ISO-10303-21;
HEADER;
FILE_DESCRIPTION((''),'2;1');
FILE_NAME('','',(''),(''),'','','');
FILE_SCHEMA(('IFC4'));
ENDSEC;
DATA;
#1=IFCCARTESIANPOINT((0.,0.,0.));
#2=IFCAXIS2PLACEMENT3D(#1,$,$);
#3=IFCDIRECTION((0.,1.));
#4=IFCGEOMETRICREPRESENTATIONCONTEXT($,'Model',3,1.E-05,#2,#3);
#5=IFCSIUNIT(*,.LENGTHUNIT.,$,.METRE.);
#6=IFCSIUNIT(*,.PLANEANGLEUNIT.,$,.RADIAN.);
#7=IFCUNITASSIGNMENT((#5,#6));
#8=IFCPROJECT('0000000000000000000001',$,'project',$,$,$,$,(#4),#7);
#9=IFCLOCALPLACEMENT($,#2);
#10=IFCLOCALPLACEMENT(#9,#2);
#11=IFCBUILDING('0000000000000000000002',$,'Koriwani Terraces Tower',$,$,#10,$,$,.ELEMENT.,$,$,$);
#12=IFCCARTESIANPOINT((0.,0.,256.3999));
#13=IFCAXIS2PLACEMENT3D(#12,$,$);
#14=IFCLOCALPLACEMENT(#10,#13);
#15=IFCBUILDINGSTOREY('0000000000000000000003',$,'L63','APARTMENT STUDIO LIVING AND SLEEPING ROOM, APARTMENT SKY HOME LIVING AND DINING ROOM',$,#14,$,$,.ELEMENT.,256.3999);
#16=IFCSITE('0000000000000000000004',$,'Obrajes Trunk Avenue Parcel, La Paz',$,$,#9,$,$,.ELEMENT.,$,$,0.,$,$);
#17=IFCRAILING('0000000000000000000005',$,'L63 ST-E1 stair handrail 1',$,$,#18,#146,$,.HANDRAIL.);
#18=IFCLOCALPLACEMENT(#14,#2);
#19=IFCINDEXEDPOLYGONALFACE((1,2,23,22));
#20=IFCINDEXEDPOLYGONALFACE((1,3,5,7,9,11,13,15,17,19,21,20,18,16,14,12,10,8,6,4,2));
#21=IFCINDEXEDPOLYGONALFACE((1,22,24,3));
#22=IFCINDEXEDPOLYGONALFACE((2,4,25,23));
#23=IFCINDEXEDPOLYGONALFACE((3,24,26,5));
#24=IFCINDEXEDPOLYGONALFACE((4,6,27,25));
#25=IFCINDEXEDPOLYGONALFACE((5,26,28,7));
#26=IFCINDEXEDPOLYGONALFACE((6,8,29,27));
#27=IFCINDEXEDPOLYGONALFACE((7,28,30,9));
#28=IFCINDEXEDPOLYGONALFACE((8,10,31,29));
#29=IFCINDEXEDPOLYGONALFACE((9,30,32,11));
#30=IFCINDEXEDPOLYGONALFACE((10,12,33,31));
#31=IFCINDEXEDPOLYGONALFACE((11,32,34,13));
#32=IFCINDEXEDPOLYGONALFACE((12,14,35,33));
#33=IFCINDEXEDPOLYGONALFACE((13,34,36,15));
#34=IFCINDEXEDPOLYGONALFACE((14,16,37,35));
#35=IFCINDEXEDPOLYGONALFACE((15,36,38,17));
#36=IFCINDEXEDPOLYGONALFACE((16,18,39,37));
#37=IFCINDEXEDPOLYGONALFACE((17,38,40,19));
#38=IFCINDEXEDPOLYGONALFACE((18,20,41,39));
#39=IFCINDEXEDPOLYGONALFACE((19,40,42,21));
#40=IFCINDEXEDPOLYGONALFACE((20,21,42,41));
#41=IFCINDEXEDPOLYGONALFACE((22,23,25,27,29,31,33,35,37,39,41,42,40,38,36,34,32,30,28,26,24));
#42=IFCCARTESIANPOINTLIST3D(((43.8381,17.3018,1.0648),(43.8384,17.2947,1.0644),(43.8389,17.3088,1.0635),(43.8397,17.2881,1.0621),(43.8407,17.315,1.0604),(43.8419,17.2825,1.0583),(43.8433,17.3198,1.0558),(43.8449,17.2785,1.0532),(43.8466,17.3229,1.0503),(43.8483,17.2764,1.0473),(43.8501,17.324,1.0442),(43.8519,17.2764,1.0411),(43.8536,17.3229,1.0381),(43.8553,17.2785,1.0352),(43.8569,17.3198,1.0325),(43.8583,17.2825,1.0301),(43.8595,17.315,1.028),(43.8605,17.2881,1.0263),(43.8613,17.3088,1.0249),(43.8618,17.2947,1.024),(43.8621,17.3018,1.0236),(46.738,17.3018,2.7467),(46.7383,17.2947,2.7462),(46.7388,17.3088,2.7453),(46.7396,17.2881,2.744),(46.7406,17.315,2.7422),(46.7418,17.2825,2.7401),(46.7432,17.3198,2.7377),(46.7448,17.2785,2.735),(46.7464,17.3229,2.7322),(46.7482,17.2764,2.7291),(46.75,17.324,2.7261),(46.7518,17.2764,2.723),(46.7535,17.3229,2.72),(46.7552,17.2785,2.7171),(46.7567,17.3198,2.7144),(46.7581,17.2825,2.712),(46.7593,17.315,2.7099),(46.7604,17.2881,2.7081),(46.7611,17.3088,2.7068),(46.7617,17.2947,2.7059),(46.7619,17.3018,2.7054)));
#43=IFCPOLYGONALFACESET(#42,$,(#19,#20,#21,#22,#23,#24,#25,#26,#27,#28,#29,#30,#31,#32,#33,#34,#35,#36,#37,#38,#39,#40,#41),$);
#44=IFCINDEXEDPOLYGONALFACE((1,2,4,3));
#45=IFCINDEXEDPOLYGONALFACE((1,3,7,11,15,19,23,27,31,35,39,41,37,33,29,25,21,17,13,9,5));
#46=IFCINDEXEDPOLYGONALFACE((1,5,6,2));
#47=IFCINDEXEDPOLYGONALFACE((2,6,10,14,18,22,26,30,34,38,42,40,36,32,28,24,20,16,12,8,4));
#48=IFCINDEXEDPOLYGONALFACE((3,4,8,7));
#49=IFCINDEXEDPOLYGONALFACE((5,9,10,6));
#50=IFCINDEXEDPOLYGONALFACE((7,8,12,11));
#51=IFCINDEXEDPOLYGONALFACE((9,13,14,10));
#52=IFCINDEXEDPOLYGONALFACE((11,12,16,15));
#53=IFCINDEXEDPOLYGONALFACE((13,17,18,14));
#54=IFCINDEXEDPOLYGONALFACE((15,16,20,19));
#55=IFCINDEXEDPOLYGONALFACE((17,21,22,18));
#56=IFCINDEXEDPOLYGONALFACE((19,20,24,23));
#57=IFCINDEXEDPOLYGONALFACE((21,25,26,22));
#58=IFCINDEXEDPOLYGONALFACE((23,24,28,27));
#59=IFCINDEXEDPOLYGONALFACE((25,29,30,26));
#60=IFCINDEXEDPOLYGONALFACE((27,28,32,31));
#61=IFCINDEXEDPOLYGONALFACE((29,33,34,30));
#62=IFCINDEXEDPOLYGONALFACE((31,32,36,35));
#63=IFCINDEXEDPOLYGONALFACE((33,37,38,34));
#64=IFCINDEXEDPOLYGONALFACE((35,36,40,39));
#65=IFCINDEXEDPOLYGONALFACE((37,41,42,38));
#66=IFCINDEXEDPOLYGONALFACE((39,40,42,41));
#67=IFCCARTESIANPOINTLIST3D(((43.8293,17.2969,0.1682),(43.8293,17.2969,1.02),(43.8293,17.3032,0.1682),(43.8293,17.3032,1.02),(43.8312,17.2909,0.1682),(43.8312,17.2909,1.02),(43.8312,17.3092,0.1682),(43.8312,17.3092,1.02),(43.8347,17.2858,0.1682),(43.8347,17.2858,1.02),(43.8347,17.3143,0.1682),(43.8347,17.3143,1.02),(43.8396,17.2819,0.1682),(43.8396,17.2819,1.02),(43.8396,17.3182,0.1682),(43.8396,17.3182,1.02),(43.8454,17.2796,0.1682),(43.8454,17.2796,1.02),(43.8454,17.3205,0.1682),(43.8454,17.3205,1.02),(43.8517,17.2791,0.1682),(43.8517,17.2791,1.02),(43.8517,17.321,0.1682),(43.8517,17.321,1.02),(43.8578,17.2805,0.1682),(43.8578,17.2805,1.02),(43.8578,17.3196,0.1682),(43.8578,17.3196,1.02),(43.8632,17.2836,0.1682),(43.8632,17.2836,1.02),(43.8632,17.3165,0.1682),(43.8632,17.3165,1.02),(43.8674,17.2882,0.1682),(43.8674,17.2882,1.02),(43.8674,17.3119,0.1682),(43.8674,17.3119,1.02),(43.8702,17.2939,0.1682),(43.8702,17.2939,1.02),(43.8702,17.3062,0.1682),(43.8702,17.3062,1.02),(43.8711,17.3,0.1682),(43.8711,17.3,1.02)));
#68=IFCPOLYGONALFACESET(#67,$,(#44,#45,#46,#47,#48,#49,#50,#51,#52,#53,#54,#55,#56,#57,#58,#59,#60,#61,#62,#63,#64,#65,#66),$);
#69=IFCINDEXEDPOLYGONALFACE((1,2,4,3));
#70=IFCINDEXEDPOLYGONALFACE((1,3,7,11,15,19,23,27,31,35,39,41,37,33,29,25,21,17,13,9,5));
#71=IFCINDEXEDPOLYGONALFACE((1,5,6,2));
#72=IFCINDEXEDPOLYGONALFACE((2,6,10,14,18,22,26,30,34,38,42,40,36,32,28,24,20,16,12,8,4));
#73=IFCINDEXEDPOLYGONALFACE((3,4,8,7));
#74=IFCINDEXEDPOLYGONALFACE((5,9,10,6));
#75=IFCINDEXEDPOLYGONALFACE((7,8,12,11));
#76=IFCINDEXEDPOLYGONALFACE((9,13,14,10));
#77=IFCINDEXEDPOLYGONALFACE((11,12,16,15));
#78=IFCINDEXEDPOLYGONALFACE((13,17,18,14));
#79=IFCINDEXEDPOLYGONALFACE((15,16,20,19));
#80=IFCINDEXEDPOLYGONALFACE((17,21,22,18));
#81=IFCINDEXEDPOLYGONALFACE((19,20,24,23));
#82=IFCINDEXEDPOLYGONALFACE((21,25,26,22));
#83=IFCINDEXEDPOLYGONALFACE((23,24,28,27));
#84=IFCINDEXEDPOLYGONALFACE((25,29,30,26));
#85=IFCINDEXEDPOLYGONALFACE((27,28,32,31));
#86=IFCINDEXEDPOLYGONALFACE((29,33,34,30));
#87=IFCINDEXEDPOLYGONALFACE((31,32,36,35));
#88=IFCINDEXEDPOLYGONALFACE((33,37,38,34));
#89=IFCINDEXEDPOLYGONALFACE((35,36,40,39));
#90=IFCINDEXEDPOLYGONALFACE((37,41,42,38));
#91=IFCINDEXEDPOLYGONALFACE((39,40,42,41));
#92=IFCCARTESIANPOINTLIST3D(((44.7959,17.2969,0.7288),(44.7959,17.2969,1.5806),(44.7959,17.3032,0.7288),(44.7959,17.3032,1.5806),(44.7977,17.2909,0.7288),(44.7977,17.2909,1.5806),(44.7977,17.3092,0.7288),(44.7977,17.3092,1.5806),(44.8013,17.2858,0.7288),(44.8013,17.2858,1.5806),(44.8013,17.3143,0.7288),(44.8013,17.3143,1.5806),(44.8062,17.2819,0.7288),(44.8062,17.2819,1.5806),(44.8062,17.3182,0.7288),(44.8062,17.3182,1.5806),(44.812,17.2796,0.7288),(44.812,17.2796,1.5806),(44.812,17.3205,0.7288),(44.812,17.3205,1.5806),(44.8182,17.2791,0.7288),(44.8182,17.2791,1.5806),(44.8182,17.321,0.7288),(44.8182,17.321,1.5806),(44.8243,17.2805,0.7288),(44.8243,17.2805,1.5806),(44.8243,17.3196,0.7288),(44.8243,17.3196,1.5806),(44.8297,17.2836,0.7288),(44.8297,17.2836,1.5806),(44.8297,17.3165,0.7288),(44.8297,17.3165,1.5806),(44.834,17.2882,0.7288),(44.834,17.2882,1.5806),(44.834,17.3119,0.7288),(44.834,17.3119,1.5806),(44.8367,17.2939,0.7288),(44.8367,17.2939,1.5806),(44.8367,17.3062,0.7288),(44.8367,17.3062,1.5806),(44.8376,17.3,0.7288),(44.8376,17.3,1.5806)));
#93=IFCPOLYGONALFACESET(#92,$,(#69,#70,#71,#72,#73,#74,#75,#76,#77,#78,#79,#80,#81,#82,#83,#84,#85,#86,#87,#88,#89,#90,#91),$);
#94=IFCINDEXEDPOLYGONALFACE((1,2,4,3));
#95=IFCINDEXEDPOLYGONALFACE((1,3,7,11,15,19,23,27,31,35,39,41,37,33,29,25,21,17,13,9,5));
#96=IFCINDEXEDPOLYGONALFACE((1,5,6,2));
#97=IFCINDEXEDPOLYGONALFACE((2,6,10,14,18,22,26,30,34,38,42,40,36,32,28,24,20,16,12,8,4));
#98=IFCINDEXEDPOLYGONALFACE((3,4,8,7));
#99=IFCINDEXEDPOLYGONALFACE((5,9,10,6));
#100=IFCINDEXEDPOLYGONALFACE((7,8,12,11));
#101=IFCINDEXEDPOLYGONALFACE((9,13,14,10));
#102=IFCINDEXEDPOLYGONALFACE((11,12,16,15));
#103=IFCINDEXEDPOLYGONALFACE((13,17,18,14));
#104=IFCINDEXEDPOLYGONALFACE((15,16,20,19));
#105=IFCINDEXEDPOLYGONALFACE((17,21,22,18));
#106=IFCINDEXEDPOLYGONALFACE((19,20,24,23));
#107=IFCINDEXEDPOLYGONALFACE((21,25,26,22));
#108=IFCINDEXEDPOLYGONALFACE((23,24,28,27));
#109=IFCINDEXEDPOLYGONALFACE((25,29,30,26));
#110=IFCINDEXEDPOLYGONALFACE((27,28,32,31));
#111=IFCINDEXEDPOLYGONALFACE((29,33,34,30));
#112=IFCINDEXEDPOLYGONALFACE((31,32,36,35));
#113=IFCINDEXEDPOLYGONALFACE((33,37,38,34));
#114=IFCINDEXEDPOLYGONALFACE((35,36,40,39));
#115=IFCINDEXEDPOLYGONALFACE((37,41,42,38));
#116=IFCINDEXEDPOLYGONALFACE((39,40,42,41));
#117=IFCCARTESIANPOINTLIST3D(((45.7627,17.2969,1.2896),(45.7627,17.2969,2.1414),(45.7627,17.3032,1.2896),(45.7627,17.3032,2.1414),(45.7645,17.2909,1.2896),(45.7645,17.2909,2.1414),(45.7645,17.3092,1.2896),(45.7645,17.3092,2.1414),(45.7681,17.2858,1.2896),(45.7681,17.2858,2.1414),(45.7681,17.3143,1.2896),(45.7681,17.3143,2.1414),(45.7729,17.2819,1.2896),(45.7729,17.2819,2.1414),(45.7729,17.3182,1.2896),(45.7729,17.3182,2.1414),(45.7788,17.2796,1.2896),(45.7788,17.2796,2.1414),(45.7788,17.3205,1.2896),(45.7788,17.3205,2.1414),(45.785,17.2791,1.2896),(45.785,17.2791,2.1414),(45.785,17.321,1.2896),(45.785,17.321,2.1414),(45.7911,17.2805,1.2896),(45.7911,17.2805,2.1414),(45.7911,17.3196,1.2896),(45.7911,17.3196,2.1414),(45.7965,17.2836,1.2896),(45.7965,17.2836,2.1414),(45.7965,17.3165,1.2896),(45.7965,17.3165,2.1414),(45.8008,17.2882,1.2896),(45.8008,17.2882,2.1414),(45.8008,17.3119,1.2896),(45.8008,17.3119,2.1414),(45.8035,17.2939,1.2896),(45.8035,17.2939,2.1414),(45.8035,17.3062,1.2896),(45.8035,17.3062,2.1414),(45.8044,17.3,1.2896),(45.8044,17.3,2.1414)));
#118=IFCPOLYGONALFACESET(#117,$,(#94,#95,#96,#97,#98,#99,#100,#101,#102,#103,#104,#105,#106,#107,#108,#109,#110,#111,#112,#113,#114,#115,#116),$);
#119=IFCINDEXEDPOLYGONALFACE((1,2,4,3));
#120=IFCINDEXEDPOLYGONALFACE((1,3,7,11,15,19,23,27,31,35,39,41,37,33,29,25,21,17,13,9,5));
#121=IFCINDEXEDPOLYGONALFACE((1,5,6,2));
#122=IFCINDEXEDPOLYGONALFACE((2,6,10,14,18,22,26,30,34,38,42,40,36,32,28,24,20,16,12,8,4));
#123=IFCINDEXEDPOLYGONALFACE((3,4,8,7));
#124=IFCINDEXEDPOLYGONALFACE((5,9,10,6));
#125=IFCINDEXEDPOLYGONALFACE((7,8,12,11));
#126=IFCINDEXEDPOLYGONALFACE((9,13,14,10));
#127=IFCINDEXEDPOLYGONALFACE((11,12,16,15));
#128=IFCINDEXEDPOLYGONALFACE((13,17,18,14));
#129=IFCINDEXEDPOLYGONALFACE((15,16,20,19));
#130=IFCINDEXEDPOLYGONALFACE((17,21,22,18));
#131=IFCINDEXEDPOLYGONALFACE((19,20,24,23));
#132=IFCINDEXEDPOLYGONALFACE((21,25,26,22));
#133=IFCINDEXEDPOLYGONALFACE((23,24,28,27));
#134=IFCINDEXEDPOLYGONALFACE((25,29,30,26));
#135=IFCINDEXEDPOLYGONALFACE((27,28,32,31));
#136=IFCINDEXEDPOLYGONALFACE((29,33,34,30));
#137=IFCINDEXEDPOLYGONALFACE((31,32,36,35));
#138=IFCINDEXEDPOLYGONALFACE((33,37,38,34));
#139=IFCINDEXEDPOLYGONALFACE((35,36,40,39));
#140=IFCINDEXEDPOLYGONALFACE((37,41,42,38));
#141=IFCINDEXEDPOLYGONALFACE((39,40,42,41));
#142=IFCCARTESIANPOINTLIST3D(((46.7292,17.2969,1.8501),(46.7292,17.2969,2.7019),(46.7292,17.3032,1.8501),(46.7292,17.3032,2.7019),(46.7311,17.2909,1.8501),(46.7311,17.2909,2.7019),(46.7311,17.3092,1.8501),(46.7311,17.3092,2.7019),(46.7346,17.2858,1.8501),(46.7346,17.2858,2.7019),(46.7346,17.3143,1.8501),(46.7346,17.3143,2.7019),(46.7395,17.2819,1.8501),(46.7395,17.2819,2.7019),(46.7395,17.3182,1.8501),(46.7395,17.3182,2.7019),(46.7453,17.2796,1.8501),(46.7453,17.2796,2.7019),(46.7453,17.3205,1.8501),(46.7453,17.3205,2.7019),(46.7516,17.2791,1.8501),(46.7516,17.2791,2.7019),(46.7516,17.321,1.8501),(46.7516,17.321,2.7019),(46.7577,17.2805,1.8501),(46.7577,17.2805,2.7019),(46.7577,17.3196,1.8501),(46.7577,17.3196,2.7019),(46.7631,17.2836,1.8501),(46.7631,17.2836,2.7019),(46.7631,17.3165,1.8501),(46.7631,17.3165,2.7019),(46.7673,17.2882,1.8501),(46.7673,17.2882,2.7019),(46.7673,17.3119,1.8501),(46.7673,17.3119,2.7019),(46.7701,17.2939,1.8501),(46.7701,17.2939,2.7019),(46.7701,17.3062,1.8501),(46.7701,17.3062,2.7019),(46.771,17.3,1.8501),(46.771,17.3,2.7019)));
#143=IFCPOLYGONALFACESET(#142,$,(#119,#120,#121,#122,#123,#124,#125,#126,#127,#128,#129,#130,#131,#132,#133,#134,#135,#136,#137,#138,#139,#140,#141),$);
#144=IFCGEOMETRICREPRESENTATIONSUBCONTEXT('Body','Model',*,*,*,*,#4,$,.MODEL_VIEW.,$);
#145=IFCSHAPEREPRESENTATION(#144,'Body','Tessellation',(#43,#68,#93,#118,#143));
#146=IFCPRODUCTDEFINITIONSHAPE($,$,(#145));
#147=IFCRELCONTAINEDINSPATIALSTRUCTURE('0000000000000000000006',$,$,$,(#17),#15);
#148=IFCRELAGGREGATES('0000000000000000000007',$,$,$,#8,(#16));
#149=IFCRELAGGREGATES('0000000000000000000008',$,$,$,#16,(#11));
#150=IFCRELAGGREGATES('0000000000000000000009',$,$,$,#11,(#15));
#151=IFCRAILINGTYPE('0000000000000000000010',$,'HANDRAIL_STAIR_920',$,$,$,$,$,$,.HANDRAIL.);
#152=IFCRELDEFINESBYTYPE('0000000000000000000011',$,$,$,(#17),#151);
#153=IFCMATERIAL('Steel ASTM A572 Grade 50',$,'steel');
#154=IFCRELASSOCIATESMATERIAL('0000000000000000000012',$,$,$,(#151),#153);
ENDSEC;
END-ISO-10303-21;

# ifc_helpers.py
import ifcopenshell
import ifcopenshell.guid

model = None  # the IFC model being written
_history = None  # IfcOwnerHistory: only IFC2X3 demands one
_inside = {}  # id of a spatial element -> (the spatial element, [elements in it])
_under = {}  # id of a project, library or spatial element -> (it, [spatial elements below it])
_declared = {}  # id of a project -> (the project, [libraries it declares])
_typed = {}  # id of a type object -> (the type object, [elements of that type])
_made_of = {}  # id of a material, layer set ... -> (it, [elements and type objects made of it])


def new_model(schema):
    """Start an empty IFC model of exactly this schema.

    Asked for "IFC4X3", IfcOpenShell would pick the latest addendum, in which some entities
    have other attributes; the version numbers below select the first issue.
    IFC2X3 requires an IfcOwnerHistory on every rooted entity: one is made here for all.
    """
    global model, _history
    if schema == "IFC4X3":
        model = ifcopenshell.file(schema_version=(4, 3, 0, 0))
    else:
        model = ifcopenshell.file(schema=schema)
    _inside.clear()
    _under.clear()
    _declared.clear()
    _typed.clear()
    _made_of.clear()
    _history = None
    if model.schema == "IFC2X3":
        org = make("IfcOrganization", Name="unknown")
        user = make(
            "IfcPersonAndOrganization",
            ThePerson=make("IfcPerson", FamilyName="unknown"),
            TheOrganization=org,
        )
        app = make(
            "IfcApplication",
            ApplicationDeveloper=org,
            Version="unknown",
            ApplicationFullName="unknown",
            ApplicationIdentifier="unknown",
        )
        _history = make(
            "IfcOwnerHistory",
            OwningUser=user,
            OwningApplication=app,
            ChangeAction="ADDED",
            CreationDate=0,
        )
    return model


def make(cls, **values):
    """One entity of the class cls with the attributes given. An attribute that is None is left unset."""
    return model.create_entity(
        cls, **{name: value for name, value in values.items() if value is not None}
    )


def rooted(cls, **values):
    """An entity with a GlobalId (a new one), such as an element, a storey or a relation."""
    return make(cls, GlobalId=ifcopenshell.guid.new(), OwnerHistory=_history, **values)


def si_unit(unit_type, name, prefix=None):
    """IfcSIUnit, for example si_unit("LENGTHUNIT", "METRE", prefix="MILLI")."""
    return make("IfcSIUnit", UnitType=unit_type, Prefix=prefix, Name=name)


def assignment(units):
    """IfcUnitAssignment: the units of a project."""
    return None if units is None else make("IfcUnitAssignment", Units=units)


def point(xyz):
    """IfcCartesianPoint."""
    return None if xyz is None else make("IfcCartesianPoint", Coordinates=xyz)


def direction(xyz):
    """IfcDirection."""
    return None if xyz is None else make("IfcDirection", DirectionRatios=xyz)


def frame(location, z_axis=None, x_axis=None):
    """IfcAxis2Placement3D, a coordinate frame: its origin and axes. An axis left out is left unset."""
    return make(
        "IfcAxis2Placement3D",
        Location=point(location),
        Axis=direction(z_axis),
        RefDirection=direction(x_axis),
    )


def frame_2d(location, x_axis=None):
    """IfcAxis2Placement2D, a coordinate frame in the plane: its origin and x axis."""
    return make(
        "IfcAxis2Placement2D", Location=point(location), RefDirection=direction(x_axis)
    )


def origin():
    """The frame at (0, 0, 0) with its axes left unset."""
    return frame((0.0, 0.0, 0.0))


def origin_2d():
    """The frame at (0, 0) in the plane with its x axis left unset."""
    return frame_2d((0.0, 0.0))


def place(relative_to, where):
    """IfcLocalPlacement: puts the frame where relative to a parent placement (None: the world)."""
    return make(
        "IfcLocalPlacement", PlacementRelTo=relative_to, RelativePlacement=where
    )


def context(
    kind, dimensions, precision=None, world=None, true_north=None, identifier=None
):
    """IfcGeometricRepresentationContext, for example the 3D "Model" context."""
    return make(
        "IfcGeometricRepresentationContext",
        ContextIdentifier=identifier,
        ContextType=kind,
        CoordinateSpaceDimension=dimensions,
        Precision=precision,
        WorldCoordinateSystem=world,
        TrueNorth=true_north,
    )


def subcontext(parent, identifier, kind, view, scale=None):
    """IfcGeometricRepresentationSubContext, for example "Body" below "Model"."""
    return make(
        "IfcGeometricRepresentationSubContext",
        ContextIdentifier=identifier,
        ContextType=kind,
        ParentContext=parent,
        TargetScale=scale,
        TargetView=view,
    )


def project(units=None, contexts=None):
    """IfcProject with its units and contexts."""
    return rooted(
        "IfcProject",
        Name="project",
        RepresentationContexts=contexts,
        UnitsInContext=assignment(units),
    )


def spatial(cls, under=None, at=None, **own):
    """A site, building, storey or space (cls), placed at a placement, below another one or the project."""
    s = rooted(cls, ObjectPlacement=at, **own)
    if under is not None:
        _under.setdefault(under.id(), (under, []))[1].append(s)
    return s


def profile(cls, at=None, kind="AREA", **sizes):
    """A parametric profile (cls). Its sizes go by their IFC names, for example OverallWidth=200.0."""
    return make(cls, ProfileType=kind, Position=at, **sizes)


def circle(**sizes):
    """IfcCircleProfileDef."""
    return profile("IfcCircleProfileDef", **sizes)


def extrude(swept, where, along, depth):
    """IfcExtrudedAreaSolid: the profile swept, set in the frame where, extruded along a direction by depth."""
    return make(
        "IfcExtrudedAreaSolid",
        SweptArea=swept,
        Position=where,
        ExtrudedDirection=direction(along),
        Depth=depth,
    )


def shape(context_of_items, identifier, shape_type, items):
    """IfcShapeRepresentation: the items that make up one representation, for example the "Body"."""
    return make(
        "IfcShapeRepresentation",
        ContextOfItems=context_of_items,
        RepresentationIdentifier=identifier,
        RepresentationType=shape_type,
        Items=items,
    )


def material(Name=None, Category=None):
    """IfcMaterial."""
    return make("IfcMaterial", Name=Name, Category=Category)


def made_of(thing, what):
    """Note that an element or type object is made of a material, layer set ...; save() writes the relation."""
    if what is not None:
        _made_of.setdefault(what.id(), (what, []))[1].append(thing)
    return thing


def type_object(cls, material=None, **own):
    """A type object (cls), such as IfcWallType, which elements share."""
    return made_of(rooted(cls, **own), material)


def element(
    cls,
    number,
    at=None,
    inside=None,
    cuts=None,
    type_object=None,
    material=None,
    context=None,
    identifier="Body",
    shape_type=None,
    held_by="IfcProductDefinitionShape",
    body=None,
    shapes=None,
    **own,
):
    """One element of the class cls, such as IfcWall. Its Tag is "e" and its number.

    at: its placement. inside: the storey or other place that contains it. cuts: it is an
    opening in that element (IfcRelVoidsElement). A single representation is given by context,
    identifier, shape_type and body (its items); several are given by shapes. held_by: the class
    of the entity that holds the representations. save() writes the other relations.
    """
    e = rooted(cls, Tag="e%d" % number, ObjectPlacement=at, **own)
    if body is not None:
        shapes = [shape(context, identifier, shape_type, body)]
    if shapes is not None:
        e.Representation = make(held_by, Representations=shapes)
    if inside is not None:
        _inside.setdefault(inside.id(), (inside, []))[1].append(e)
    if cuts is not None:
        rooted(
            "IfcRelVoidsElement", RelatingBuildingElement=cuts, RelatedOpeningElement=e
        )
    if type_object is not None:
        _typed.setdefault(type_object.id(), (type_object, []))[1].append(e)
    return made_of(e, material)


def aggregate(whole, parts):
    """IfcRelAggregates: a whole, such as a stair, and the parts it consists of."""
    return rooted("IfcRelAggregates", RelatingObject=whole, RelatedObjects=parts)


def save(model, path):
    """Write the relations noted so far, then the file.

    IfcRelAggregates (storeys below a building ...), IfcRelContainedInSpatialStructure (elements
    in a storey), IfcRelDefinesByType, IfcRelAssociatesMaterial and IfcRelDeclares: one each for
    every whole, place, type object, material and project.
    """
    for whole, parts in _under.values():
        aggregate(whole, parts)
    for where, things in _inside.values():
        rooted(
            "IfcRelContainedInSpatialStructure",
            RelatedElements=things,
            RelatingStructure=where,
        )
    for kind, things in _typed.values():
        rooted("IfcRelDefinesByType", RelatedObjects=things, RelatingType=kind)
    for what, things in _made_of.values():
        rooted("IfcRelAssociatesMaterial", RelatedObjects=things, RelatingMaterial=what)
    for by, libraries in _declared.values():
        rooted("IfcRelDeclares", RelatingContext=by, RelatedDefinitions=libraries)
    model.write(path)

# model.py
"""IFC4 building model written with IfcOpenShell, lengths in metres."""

from ifc_helpers import new_model, si_unit, direction, frame, origin, origin_2d, place, context, subcontext, project, spatial, circle, extrude, material, type_object, element, save


model = new_model("IFC4")

# Units and contexts
model_context = context("Model", 3, precision=1e-05, world=origin(), true_north=direction((0.0, 1.0)))
body_context = subcontext(model_context, "Body", "Model", "MODEL_VIEW")
ifc_project = project(units=[si_unit("LENGTHUNIT", "METRE"), si_unit("PLANEANGLEUNIT", "RADIAN")], contexts=[model_context])

# Site, building, storey
site_placement = place(None, origin())
site = spatial("IfcSite", under=ifc_project, at=site_placement, Name="Obrajes Trunk Avenue Parcel, La Paz", CompositionType="ELEMENT", RefElevation=0.0)
building_placement = place(site_placement, origin())
building = spatial("IfcBuilding", under=site, at=building_placement, Name="Koriwani Terraces Tower", CompositionType="ELEMENT")
storey_placement = place(building_placement, frame((0.0, 0.0, 256.3999)))
storey = spatial("IfcBuildingStorey", under=building, at=storey_placement, Name="L63", Description="APARTMENT STUDIO LIVING AND SLEEPING ROOM, APARTMENT SKY HOME LIVING AND DINING ROOM", CompositionType="ELEMENT", Elevation=256.3999)

# Shared definitions
ifc_material_1 = material(Name="Steel ASTM A572 Grade 50", Category="steel")

# Railing
railing_type_1 = type_object("IfcRailingType", Name="HANDRAIL_STAIR_920", PredefinedType="HANDRAIL", material=ifc_material_1)
railing_1_placement = place(storey_placement, frame((43.8501, 17.3, 0.1682)))
element("IfcRailing", 1, at=railing_1_placement, inside=storey, type_object=railing_type_1, Name="L63 ST-E1 stair handrail 1", PredefinedType="HANDRAIL", context=body_context, shape_type="SweptSolid", body=[
    extrude(circle(Radius=0.0239, at=origin_2d()), frame((0.0, 0.0, 0.876), z_axis=(0.865039, 0.0, 0.501705), x_axis=(0.0, 1.0, 0.0)), (0.0, 0.0, 1.0), 3.3523),
    extrude(circle(Radius=0.021, at=origin_2d()), origin(), (0.0, 0.0, 1.0), 0.8518),
    extrude(circle(Radius=0.021, at=origin_2d()), frame((0.9666, 0.0, 0.5605)), (0.0, 0.0, 1.0), 0.8518),
    extrude(circle(Radius=0.021, at=origin_2d()), frame((1.9333, 0.0, 1.1213)), (0.0, 0.0, 1.0), 0.8518),
    extrude(circle(Radius=0.021, at=origin_2d()), frame((2.8999, 0.0, 1.6819)), (0.0, 0.0, 1.0), 0.8518),
])

save(model, "model.ifc")
